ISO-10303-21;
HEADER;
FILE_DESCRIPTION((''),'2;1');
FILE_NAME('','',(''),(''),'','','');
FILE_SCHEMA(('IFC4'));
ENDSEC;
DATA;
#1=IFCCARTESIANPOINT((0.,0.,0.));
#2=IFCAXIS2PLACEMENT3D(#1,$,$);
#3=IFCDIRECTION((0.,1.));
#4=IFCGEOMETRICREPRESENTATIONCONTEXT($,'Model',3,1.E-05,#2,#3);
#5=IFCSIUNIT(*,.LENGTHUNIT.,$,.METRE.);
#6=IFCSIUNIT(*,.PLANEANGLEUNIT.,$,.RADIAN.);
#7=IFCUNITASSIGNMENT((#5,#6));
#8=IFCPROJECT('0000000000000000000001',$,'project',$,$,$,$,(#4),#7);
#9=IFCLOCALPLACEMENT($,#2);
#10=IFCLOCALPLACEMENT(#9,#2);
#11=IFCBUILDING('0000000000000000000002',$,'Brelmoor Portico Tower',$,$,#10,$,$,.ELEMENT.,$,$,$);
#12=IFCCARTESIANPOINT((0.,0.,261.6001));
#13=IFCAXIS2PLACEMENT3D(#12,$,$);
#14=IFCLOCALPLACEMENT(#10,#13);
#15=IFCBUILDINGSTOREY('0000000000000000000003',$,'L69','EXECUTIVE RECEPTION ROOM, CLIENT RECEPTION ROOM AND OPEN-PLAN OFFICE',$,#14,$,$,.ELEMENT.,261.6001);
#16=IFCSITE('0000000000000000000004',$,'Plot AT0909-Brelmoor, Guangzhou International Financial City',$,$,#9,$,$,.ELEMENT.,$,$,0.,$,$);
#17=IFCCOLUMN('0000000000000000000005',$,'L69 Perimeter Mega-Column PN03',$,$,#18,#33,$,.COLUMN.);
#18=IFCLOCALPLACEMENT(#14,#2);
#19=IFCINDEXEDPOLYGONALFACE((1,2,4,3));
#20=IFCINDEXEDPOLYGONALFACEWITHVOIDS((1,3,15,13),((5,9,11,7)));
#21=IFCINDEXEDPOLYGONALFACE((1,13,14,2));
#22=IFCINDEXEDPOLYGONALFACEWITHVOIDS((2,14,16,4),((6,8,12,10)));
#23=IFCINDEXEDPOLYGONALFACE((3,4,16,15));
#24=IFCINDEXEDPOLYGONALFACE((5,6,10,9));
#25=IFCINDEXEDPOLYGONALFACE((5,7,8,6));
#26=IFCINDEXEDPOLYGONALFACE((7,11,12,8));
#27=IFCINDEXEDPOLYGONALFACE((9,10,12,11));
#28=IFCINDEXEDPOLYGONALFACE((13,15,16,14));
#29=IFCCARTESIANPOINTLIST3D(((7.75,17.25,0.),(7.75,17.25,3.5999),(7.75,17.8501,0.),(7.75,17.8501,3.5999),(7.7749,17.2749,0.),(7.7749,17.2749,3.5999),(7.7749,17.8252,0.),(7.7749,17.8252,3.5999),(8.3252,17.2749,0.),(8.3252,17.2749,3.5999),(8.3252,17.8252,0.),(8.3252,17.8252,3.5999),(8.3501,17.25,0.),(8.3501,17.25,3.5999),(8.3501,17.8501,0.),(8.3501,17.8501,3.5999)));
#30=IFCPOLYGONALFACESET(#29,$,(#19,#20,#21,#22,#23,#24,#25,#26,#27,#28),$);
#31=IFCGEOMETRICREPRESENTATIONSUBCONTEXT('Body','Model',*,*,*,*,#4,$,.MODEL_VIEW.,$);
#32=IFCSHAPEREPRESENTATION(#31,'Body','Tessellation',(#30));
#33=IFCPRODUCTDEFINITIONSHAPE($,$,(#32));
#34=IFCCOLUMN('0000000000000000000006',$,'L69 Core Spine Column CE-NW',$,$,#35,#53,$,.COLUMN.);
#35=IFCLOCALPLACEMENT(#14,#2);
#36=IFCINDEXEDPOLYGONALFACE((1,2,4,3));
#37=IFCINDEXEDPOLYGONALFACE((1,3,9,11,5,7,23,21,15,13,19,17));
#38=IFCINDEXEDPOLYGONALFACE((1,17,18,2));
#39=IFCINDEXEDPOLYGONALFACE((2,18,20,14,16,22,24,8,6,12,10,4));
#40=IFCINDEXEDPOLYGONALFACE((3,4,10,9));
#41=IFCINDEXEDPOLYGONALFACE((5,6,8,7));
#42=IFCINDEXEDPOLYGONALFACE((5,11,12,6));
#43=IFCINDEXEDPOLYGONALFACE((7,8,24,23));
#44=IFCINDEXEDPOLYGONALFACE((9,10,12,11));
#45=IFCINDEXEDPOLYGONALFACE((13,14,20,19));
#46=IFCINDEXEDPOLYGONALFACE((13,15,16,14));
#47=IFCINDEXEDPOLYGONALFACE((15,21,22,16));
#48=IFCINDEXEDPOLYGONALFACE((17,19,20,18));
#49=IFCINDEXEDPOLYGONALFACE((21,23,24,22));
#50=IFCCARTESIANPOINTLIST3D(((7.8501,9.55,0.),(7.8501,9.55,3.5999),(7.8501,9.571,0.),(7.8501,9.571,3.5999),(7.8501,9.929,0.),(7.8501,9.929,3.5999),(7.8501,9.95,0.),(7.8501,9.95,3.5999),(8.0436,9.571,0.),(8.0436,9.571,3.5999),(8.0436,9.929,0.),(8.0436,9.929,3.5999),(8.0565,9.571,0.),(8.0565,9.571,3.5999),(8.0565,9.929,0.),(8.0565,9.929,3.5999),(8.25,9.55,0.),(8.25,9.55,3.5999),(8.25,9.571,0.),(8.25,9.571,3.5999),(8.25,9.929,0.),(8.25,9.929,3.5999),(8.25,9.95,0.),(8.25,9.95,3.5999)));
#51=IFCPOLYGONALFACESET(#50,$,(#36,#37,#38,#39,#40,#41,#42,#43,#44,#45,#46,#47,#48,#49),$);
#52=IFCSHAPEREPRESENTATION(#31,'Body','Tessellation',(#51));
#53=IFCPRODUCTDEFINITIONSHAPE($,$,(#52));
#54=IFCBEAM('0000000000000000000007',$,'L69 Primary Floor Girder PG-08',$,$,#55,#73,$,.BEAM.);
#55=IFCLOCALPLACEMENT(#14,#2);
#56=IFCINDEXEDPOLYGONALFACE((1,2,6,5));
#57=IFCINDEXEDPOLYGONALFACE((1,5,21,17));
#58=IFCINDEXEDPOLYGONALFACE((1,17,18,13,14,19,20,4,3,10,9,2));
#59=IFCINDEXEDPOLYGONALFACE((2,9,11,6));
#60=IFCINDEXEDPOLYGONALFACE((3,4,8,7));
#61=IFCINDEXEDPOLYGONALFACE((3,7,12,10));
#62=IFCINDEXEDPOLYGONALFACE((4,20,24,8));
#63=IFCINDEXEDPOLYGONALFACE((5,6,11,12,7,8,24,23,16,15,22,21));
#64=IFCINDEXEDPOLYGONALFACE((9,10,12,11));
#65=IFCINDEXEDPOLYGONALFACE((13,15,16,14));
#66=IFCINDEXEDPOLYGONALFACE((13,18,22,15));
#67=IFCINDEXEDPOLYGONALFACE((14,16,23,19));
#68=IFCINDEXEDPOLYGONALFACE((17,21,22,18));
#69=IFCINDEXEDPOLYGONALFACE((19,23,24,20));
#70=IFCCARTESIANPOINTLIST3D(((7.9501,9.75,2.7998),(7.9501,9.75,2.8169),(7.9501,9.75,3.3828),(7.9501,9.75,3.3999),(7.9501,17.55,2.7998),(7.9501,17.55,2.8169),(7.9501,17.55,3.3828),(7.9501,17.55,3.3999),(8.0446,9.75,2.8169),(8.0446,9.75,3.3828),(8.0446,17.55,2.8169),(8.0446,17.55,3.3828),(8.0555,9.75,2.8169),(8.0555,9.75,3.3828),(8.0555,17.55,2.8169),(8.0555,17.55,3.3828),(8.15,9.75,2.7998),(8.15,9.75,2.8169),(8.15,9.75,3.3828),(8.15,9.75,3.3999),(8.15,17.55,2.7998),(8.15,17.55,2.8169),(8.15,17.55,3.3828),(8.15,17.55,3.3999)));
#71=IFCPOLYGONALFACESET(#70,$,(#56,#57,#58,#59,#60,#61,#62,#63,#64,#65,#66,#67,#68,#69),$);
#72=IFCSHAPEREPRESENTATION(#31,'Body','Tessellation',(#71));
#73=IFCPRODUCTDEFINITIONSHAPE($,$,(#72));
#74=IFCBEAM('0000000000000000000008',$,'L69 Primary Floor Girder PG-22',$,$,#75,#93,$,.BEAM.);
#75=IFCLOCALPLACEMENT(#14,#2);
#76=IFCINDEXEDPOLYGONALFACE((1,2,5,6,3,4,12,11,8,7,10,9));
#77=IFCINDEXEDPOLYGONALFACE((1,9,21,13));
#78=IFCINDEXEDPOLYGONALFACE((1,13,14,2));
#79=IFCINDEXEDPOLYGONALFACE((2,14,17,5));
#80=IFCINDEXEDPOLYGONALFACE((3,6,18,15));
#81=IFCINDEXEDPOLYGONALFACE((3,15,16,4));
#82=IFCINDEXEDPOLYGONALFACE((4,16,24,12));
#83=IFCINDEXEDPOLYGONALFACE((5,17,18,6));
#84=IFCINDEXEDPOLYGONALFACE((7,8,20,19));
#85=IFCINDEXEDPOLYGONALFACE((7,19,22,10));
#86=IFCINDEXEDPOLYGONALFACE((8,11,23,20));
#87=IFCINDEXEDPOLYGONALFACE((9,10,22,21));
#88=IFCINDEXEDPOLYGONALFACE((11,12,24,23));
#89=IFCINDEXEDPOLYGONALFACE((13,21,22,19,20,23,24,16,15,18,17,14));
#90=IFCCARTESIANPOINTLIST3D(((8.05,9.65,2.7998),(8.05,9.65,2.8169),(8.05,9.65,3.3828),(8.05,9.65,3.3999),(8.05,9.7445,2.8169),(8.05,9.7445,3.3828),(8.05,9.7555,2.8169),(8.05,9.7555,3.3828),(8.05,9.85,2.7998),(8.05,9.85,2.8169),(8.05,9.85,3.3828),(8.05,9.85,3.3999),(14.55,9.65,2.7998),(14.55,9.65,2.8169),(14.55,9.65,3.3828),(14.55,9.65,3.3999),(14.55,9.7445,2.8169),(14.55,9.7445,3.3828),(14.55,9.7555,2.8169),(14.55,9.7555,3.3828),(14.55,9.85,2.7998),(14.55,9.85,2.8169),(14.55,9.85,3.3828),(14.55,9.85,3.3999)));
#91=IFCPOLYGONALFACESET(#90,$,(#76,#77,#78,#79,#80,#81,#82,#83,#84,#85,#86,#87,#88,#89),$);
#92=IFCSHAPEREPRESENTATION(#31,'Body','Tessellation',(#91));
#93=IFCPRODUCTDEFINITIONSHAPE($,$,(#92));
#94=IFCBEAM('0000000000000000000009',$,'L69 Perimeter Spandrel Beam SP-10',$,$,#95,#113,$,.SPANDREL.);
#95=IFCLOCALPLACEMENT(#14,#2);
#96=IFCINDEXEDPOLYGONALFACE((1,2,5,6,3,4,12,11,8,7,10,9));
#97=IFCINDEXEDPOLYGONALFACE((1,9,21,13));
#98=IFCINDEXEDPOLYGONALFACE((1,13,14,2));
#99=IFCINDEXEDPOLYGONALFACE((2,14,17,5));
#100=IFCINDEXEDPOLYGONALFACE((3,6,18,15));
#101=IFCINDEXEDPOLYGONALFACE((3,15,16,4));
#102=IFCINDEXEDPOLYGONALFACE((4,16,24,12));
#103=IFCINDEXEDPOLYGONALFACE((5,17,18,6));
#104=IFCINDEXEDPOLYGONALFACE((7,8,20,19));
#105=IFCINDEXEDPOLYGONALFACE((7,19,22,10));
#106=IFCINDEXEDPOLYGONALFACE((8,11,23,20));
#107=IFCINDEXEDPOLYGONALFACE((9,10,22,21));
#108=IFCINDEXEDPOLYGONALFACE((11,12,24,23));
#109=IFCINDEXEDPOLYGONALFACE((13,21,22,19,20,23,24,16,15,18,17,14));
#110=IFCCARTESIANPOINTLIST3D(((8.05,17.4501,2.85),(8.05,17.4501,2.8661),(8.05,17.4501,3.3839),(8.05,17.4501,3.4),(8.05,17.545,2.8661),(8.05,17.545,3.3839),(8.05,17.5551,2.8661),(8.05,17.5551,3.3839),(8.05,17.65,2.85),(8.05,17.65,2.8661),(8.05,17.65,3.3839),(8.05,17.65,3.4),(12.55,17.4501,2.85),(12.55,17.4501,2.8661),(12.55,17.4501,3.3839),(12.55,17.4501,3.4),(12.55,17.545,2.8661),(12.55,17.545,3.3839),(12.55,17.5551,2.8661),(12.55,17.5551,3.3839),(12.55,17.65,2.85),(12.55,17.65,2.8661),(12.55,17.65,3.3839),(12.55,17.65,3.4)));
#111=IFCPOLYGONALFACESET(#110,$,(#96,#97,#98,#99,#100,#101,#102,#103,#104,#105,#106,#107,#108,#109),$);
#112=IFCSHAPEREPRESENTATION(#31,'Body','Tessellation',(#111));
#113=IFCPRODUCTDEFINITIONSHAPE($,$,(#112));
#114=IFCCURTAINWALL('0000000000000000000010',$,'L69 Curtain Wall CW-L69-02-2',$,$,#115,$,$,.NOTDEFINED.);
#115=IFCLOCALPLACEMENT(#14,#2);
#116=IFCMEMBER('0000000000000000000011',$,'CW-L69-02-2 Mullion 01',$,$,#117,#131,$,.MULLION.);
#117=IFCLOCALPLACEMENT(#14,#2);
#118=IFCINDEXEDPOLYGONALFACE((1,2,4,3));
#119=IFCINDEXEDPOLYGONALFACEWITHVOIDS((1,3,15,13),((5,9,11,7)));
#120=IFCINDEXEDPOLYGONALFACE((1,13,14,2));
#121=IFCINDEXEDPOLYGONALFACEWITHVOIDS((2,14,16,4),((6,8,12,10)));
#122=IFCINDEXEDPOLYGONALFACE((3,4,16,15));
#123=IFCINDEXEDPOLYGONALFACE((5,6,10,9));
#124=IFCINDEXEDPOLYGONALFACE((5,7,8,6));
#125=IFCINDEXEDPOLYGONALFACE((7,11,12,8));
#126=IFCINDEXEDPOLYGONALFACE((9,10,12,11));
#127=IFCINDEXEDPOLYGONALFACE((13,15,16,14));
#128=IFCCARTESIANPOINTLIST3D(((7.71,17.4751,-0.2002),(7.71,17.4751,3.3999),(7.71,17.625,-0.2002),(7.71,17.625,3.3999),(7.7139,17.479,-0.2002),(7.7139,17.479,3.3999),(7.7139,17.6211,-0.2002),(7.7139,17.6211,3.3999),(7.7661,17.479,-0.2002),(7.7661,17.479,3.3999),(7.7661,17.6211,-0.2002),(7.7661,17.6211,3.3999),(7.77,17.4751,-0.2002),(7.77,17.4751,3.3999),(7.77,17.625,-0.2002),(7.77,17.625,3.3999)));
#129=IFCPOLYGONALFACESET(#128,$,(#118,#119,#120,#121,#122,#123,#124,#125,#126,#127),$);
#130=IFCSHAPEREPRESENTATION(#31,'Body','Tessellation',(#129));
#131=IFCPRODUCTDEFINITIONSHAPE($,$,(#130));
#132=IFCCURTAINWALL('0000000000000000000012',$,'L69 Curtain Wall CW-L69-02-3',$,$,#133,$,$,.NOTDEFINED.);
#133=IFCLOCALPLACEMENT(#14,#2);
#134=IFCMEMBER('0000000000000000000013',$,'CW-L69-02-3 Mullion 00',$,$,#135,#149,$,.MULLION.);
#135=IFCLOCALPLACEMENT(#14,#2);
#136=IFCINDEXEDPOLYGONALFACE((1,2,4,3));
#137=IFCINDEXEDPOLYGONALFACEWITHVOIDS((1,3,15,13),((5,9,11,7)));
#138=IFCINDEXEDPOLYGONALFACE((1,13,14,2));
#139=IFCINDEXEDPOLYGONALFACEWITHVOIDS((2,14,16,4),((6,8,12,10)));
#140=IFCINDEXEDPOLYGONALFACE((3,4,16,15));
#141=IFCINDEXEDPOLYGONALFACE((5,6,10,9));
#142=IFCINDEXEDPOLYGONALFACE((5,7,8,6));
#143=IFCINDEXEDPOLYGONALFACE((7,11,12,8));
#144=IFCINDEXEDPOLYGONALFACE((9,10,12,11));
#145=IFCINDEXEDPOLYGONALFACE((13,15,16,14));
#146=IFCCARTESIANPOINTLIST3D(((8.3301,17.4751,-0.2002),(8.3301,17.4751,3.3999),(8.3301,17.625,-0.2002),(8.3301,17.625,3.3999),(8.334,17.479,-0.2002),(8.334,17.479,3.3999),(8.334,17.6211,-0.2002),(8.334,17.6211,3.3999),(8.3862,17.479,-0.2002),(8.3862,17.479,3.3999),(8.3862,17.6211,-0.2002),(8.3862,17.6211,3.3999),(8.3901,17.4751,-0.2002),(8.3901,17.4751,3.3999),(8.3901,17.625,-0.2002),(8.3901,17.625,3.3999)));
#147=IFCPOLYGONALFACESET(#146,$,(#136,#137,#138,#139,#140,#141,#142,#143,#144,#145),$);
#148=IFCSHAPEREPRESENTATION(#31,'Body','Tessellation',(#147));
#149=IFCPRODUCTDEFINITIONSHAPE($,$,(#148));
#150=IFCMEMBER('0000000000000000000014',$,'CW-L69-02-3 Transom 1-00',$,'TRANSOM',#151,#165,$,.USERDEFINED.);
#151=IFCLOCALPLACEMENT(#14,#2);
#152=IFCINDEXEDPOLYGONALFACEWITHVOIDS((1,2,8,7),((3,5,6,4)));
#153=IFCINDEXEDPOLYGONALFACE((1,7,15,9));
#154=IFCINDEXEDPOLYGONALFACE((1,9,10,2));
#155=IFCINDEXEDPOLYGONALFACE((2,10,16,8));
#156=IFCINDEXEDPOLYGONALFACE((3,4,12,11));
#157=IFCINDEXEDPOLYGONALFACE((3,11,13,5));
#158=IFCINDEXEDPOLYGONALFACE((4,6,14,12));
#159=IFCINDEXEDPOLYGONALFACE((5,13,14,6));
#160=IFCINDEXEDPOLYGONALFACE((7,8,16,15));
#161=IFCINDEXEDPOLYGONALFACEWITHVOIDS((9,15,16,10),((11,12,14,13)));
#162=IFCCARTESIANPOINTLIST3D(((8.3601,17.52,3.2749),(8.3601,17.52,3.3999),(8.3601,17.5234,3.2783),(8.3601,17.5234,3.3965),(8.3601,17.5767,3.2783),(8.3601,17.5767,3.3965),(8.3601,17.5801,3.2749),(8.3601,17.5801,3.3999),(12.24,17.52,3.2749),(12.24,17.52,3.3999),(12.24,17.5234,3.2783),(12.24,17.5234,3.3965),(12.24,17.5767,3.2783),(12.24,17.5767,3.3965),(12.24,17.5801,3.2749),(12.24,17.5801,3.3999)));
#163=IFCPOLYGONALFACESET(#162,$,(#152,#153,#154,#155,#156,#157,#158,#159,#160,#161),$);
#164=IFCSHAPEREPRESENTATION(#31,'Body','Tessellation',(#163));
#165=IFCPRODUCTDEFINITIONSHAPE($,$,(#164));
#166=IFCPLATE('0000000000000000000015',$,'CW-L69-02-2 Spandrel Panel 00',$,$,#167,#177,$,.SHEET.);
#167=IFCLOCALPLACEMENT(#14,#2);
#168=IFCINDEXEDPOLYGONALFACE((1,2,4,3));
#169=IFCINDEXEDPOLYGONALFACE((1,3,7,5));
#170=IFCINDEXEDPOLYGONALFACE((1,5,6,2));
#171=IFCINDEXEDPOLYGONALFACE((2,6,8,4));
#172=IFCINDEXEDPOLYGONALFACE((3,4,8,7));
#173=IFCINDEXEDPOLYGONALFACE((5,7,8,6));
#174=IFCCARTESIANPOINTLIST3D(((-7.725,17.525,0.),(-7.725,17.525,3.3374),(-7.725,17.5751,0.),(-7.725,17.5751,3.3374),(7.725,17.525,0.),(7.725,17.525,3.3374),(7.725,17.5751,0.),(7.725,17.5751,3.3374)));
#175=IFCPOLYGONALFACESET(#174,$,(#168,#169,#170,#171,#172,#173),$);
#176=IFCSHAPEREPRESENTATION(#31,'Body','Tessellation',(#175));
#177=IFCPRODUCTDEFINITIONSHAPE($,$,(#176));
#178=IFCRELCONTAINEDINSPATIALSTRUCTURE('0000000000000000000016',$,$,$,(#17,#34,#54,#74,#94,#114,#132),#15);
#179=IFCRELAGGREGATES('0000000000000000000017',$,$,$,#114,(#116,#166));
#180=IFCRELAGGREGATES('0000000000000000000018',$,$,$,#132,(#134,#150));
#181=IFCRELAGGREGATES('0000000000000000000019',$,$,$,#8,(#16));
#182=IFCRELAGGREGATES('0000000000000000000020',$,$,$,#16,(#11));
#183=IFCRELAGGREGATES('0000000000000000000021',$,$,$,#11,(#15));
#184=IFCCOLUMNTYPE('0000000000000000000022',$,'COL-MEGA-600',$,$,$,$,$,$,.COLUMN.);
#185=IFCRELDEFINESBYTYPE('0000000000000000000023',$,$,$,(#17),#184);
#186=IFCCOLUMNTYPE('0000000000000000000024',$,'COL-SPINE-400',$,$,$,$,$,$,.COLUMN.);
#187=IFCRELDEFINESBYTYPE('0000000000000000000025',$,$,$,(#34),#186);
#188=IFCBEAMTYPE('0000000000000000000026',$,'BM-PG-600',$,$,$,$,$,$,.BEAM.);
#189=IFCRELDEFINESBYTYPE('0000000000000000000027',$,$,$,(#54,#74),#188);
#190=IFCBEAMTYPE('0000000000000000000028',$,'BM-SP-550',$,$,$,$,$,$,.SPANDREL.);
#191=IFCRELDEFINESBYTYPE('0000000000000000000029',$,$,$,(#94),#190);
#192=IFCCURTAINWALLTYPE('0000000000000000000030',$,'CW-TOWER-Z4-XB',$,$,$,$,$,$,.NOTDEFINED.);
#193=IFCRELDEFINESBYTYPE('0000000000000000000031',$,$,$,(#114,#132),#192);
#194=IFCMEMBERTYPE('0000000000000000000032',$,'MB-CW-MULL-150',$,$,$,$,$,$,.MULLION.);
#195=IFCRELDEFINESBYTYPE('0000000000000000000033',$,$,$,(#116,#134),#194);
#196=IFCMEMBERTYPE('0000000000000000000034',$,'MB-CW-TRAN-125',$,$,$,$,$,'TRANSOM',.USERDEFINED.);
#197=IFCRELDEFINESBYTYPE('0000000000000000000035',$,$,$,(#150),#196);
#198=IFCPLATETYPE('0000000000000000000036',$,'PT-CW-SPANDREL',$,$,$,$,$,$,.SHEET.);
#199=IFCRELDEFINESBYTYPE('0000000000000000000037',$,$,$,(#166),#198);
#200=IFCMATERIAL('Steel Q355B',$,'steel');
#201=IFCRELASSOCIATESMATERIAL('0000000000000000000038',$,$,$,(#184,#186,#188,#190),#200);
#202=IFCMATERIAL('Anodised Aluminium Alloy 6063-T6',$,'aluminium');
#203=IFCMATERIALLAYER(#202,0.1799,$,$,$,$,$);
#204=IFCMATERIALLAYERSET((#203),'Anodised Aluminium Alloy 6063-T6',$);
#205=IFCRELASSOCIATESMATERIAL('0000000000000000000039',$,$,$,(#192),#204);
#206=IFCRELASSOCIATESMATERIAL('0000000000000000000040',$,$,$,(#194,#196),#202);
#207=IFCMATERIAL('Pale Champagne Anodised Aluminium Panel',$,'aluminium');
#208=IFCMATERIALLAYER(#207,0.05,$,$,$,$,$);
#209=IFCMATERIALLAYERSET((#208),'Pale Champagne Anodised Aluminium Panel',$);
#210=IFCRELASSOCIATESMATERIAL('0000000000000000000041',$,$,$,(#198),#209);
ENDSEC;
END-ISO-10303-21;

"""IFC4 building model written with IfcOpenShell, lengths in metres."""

from ifc_helpers import new_model, si_unit, direction, frame, origin, origin_2d, place, context, subcontext, project, spatial, rectangle, hollow_rectangle, i_section, extrude, material, layer, layer_set, material_profile, profile_set, type_object, element, aggregate, save


model = new_model("IFC4")

# Units and contexts
model_context = context("Model", 3, precision=1e-05, world=origin(), true_north=direction((0.0, 1.0)))
body_context = subcontext(model_context, "Body", "Model", "MODEL_VIEW")
ifc_project = project(units=[si_unit("LENGTHUNIT", "METRE"), si_unit("PLANEANGLEUNIT", "RADIAN")], contexts=[model_context])

# Site, building, storey
site_placement = place(None, origin())
site = spatial("IfcSite", under=ifc_project, at=site_placement, Name="Plot AT0909-Brelmoor, Guangzhou International Financial City", CompositionType="ELEMENT", RefElevation=0.0)
building_placement = place(site_placement, origin())
building = spatial("IfcBuilding", under=site, at=building_placement, Name="Brelmoor Portico Tower", CompositionType="ELEMENT")
storey_placement = place(building_placement, frame((0.0, 0.0, 261.6001)))
storey = spatial("IfcBuildingStorey", under=building, at=storey_placement, Name="L69", Description="EXECUTIVE RECEPTION ROOM, CLIENT RECEPTION ROOM AND OPEN-PLAN OFFICE", CompositionType="ELEMENT", Elevation=261.6001)

# Columns
ifc_material_1 = material(Name="Steel Q355B", Category="steel")
ifc_material_profile_1 = material_profile(ifc_material_1, hollow_rectangle(XDim=0.6001, YDim=0.6001, WallThickness=0.0249, at=origin_2d()), Name="BOX 600x600x25")
ifc_profile_set_1 = profile_set([ifc_material_profile_1], Name="Steel Q355B")
column_type_1 = type_object("IfcColumnType", Name="COL-MEGA-600", PredefinedType="COLUMN", material=ifc_profile_set_1)
column_1_placement = place(storey_placement, frame((8.05, 17.55, 0.0), z_axis=(0.0, 0.0, 1.0), x_axis=(1.0, 0.0, 0.0)))
element("IfcColumn", 1, at=column_1_placement, inside=storey, type_object=column_type_1, Name="L69 Perimeter Mega-Column PN03", PredefinedType="COLUMN", context=body_context, shape_type="SweptSolid", body=[
    extrude(hollow_rectangle(XDim=0.6001, YDim=0.6001, WallThickness=0.0249, at=origin_2d()), origin(), (0.0, 0.0, 1.0), 3.5999),
])
ifc_material_profile_2 = material_profile(ifc_material_1, i_section(OverallWidth=0.3999, OverallDepth=0.3999, WebThickness=0.0129, FlangeThickness=0.021, at=origin_2d()), Name="HW 400x400x13x21")
ifc_profile_set_2 = profile_set([ifc_material_profile_2], Name="Steel Q355B")
column_type_2 = type_object("IfcColumnType", Name="COL-SPINE-400", PredefinedType="COLUMN", material=ifc_profile_set_2)
column_2_placement = place(storey_placement, frame((8.05, 9.75, 0.0), z_axis=(0.0, 0.0, 1.0), x_axis=(1.0, 0.0, 0.0)))
element("IfcColumn", 2, at=column_2_placement, inside=storey, type_object=column_type_2, Name="L69 Core Spine Column CE-NW", PredefinedType="COLUMN", context=body_context, shape_type="SweptSolid", body=[
    extrude(i_section(OverallWidth=0.3999, OverallDepth=0.3999, WebThickness=0.0129, FlangeThickness=0.021, at=origin_2d()), origin(), (0.0, 0.0, 1.0), 3.5999),
])

# Beams
ifc_material_profile_3 = material_profile(ifc_material_1, i_section(OverallWidth=0.2, OverallDepth=0.6001, WebThickness=0.011, FlangeThickness=0.0171, at=origin_2d()), Name="HN 600x200x11x17")
ifc_profile_set_3 = profile_set([ifc_material_profile_3], Name="Steel Q355B")
beam_type_1 = type_object("IfcBeamType", Name="BM-PG-600", PredefinedType="BEAM", material=ifc_profile_set_3)
beam_1_placement = place(storey_placement, frame((8.05, 9.75, 3.0999), z_axis=(0.0, 1.0, 0.0), x_axis=(-1.0, 0.0, 0.0)))
element("IfcBeam", 3, at=beam_1_placement, inside=storey, type_object=beam_type_1, Name="L69 Primary Floor Girder PG-08", PredefinedType="BEAM", context=body_context, shape_type="SweptSolid", body=[
    extrude(i_section(OverallWidth=0.2, OverallDepth=0.6001, WebThickness=0.011, FlangeThickness=0.0171, at=origin_2d()), origin(), (0.0, 0.0, 1.0), 7.8),
])
beam_2_placement = place(storey_placement, frame((8.05, 9.75, 3.0999), z_axis=(1.0, 0.0, 0.0), x_axis=(0.0, 1.0, 0.0)))
element("IfcBeam", 4, at=beam_2_placement, inside=storey, type_object=beam_type_1, Name="L69 Primary Floor Girder PG-22", PredefinedType="BEAM", context=body_context, shape_type="SweptSolid", body=[
    extrude(i_section(OverallWidth=0.2, OverallDepth=0.6001, WebThickness=0.011, FlangeThickness=0.0171, at=origin_2d()), origin(), (0.0, 0.0, 1.0), 6.5),
])
ifc_material_profile_4 = material_profile(ifc_material_1, i_section(OverallWidth=0.2, OverallDepth=0.55, WebThickness=0.01, FlangeThickness=0.0161, at=origin_2d()), Name="HN 550x200x10x16")
ifc_profile_set_4 = profile_set([ifc_material_profile_4], Name="Steel Q355B")
beam_type_2 = type_object("IfcBeamType", Name="BM-SP-550", PredefinedType="SPANDREL", material=ifc_profile_set_4)
beam_3_placement = place(storey_placement, frame((8.05, 17.55, 3.125), z_axis=(1.0, 0.0, 0.0), x_axis=(0.0, 1.0, 0.0)))
element("IfcBeam", 5, at=beam_3_placement, inside=storey, type_object=beam_type_2, Name="L69 Perimeter Spandrel Beam SP-10", PredefinedType="SPANDREL", context=body_context, shape_type="SweptSolid", body=[
    extrude(i_section(OverallWidth=0.2, OverallDepth=0.55, WebThickness=0.01, FlangeThickness=0.0161, at=origin_2d()), origin(), (0.0, 0.0, 1.0), 4.5),
])

# Curtain wall, member
ifc_material_2 = material(Name="Anodised Aluminium Alloy 6063-T6", Category="aluminium")
ifc_layer_1 = layer(ifc_material_2, 0.1799)
ifc_layer_set_1 = layer_set([ifc_layer_1], Name="Anodised Aluminium Alloy 6063-T6")
curtain_wall_type = type_object("IfcCurtainWallType", Name="CW-TOWER-Z4-XB", PredefinedType="NOTDEFINED", material=ifc_layer_set_1)
curtain_wall_1_placement = place(storey_placement, origin())
curtain_wall_1 = element("IfcCurtainWall", 6, at=curtain_wall_1_placement, inside=storey, type_object=curtain_wall_type, Name="L69 Curtain Wall CW-L69-02-2", PredefinedType="NOTDEFINED")
ifc_material_profile_5 = material_profile(ifc_material_2, hollow_rectangle(XDim=0.0601, YDim=0.1499, WallThickness=0.0039, at=origin_2d()), Name="ALU MULLION 60x150")
ifc_profile_set_5 = profile_set([ifc_material_profile_5], Name="Anodised Aluminium Alloy 6063-T6")
member_type_1 = type_object("IfcMemberType", Name="MB-CW-MULL-150", PredefinedType="MULLION", material=ifc_profile_set_5)
member_1_placement = place(storey_placement, frame((7.74, 17.55, -0.2002), z_axis=(0.0, 0.0, 1.0), x_axis=(1.0, 0.0, 0.0)))
member_1 = element("IfcMember", 7, at=member_1_placement, type_object=member_type_1, Name="CW-L69-02-2 Mullion 01", PredefinedType="MULLION", context=body_context, shape_type="SweptSolid", body=[
    extrude(hollow_rectangle(XDim=0.0601, YDim=0.1499, WallThickness=0.0039, at=origin_2d()), origin(), (0.0, 0.0, 1.0), 3.6001),
])

# Curtain wall, members
curtain_wall_2_placement = place(storey_placement, origin())
curtain_wall_2 = element("IfcCurtainWall", 8, at=curtain_wall_2_placement, inside=storey, type_object=curtain_wall_type, Name="L69 Curtain Wall CW-L69-02-3", PredefinedType="NOTDEFINED")
member_2_placement = place(storey_placement, frame((8.3601, 17.55, -0.2002), z_axis=(0.0, 0.0, 1.0), x_axis=(1.0, 0.0, 0.0)))
member_2 = element("IfcMember", 9, at=member_2_placement, type_object=member_type_1, Name="CW-L69-02-3 Mullion 00", PredefinedType="MULLION", context=body_context, shape_type="SweptSolid", body=[
    extrude(hollow_rectangle(XDim=0.0601, YDim=0.1499, WallThickness=0.0039, at=origin_2d()), origin(), (0.0, 0.0, 1.0), 3.6001),
])
ifc_material_profile_6 = material_profile(ifc_material_2, hollow_rectangle(XDim=0.0601, YDim=0.125, WallThickness=0.0034, at=origin_2d()), Name="ALU TRANSOM 60x125")
ifc_profile_set_6 = profile_set([ifc_material_profile_6], Name="Anodised Aluminium Alloy 6063-T6")
member_type_2 = type_object("IfcMemberType", Name="MB-CW-TRAN-125", ElementType="TRANSOM", PredefinedType="USERDEFINED", material=ifc_profile_set_6)
member_3_placement = place(storey_placement, frame((8.3601, 17.55, 3.3374), z_axis=(1.0, 0.0, 0.0), x_axis=(0.0, 1.0, 0.0)))
member_3 = element("IfcMember", 10, at=member_3_placement, type_object=member_type_2, Name="CW-L69-02-3 Transom 1-00", ObjectType="TRANSOM", PredefinedType="USERDEFINED", context=body_context, shape_type="SweptSolid", body=[
    extrude(hollow_rectangle(XDim=0.0601, YDim=0.125, WallThickness=0.0034, at=origin_2d()), origin(), (0.0, 0.0, 1.0), 3.8799),
])

# Plate
ifc_material_3 = material(Name="Pale Champagne Anodised Aluminium Panel", Category="aluminium")
ifc_layer_2 = layer(ifc_material_3, 0.05)
ifc_layer_set_2 = layer_set([ifc_layer_2], Name="Pale Champagne Anodised Aluminium Panel")
plate_type_1 = type_object("IfcPlateType", Name="PT-CW-SPANDREL", PredefinedType="SHEET", material=ifc_layer_set_2)
plate_1_placement = place(storey_placement, frame((0.0, 17.55, 0.0), z_axis=(0.0, 0.0, 1.0), x_axis=(1.0, 0.0, 0.0)))
plate_1 = element("IfcPlate", 11, at=plate_1_placement, type_object=plate_type_1, Name="CW-L69-02-2 Spandrel Panel 00", PredefinedType="SHEET", context=body_context, shape_type="SweptSolid", body=[
    extrude(rectangle(XDim=15.45, YDim=0.05, at=origin_2d()), origin(), (0.0, 0.0, 1.0), 3.3374),
])
aggregate(curtain_wall_1, [member_1, plate_1])
aggregate(curtain_wall_2, [member_2, member_3])

save(model, "model.ifc")
